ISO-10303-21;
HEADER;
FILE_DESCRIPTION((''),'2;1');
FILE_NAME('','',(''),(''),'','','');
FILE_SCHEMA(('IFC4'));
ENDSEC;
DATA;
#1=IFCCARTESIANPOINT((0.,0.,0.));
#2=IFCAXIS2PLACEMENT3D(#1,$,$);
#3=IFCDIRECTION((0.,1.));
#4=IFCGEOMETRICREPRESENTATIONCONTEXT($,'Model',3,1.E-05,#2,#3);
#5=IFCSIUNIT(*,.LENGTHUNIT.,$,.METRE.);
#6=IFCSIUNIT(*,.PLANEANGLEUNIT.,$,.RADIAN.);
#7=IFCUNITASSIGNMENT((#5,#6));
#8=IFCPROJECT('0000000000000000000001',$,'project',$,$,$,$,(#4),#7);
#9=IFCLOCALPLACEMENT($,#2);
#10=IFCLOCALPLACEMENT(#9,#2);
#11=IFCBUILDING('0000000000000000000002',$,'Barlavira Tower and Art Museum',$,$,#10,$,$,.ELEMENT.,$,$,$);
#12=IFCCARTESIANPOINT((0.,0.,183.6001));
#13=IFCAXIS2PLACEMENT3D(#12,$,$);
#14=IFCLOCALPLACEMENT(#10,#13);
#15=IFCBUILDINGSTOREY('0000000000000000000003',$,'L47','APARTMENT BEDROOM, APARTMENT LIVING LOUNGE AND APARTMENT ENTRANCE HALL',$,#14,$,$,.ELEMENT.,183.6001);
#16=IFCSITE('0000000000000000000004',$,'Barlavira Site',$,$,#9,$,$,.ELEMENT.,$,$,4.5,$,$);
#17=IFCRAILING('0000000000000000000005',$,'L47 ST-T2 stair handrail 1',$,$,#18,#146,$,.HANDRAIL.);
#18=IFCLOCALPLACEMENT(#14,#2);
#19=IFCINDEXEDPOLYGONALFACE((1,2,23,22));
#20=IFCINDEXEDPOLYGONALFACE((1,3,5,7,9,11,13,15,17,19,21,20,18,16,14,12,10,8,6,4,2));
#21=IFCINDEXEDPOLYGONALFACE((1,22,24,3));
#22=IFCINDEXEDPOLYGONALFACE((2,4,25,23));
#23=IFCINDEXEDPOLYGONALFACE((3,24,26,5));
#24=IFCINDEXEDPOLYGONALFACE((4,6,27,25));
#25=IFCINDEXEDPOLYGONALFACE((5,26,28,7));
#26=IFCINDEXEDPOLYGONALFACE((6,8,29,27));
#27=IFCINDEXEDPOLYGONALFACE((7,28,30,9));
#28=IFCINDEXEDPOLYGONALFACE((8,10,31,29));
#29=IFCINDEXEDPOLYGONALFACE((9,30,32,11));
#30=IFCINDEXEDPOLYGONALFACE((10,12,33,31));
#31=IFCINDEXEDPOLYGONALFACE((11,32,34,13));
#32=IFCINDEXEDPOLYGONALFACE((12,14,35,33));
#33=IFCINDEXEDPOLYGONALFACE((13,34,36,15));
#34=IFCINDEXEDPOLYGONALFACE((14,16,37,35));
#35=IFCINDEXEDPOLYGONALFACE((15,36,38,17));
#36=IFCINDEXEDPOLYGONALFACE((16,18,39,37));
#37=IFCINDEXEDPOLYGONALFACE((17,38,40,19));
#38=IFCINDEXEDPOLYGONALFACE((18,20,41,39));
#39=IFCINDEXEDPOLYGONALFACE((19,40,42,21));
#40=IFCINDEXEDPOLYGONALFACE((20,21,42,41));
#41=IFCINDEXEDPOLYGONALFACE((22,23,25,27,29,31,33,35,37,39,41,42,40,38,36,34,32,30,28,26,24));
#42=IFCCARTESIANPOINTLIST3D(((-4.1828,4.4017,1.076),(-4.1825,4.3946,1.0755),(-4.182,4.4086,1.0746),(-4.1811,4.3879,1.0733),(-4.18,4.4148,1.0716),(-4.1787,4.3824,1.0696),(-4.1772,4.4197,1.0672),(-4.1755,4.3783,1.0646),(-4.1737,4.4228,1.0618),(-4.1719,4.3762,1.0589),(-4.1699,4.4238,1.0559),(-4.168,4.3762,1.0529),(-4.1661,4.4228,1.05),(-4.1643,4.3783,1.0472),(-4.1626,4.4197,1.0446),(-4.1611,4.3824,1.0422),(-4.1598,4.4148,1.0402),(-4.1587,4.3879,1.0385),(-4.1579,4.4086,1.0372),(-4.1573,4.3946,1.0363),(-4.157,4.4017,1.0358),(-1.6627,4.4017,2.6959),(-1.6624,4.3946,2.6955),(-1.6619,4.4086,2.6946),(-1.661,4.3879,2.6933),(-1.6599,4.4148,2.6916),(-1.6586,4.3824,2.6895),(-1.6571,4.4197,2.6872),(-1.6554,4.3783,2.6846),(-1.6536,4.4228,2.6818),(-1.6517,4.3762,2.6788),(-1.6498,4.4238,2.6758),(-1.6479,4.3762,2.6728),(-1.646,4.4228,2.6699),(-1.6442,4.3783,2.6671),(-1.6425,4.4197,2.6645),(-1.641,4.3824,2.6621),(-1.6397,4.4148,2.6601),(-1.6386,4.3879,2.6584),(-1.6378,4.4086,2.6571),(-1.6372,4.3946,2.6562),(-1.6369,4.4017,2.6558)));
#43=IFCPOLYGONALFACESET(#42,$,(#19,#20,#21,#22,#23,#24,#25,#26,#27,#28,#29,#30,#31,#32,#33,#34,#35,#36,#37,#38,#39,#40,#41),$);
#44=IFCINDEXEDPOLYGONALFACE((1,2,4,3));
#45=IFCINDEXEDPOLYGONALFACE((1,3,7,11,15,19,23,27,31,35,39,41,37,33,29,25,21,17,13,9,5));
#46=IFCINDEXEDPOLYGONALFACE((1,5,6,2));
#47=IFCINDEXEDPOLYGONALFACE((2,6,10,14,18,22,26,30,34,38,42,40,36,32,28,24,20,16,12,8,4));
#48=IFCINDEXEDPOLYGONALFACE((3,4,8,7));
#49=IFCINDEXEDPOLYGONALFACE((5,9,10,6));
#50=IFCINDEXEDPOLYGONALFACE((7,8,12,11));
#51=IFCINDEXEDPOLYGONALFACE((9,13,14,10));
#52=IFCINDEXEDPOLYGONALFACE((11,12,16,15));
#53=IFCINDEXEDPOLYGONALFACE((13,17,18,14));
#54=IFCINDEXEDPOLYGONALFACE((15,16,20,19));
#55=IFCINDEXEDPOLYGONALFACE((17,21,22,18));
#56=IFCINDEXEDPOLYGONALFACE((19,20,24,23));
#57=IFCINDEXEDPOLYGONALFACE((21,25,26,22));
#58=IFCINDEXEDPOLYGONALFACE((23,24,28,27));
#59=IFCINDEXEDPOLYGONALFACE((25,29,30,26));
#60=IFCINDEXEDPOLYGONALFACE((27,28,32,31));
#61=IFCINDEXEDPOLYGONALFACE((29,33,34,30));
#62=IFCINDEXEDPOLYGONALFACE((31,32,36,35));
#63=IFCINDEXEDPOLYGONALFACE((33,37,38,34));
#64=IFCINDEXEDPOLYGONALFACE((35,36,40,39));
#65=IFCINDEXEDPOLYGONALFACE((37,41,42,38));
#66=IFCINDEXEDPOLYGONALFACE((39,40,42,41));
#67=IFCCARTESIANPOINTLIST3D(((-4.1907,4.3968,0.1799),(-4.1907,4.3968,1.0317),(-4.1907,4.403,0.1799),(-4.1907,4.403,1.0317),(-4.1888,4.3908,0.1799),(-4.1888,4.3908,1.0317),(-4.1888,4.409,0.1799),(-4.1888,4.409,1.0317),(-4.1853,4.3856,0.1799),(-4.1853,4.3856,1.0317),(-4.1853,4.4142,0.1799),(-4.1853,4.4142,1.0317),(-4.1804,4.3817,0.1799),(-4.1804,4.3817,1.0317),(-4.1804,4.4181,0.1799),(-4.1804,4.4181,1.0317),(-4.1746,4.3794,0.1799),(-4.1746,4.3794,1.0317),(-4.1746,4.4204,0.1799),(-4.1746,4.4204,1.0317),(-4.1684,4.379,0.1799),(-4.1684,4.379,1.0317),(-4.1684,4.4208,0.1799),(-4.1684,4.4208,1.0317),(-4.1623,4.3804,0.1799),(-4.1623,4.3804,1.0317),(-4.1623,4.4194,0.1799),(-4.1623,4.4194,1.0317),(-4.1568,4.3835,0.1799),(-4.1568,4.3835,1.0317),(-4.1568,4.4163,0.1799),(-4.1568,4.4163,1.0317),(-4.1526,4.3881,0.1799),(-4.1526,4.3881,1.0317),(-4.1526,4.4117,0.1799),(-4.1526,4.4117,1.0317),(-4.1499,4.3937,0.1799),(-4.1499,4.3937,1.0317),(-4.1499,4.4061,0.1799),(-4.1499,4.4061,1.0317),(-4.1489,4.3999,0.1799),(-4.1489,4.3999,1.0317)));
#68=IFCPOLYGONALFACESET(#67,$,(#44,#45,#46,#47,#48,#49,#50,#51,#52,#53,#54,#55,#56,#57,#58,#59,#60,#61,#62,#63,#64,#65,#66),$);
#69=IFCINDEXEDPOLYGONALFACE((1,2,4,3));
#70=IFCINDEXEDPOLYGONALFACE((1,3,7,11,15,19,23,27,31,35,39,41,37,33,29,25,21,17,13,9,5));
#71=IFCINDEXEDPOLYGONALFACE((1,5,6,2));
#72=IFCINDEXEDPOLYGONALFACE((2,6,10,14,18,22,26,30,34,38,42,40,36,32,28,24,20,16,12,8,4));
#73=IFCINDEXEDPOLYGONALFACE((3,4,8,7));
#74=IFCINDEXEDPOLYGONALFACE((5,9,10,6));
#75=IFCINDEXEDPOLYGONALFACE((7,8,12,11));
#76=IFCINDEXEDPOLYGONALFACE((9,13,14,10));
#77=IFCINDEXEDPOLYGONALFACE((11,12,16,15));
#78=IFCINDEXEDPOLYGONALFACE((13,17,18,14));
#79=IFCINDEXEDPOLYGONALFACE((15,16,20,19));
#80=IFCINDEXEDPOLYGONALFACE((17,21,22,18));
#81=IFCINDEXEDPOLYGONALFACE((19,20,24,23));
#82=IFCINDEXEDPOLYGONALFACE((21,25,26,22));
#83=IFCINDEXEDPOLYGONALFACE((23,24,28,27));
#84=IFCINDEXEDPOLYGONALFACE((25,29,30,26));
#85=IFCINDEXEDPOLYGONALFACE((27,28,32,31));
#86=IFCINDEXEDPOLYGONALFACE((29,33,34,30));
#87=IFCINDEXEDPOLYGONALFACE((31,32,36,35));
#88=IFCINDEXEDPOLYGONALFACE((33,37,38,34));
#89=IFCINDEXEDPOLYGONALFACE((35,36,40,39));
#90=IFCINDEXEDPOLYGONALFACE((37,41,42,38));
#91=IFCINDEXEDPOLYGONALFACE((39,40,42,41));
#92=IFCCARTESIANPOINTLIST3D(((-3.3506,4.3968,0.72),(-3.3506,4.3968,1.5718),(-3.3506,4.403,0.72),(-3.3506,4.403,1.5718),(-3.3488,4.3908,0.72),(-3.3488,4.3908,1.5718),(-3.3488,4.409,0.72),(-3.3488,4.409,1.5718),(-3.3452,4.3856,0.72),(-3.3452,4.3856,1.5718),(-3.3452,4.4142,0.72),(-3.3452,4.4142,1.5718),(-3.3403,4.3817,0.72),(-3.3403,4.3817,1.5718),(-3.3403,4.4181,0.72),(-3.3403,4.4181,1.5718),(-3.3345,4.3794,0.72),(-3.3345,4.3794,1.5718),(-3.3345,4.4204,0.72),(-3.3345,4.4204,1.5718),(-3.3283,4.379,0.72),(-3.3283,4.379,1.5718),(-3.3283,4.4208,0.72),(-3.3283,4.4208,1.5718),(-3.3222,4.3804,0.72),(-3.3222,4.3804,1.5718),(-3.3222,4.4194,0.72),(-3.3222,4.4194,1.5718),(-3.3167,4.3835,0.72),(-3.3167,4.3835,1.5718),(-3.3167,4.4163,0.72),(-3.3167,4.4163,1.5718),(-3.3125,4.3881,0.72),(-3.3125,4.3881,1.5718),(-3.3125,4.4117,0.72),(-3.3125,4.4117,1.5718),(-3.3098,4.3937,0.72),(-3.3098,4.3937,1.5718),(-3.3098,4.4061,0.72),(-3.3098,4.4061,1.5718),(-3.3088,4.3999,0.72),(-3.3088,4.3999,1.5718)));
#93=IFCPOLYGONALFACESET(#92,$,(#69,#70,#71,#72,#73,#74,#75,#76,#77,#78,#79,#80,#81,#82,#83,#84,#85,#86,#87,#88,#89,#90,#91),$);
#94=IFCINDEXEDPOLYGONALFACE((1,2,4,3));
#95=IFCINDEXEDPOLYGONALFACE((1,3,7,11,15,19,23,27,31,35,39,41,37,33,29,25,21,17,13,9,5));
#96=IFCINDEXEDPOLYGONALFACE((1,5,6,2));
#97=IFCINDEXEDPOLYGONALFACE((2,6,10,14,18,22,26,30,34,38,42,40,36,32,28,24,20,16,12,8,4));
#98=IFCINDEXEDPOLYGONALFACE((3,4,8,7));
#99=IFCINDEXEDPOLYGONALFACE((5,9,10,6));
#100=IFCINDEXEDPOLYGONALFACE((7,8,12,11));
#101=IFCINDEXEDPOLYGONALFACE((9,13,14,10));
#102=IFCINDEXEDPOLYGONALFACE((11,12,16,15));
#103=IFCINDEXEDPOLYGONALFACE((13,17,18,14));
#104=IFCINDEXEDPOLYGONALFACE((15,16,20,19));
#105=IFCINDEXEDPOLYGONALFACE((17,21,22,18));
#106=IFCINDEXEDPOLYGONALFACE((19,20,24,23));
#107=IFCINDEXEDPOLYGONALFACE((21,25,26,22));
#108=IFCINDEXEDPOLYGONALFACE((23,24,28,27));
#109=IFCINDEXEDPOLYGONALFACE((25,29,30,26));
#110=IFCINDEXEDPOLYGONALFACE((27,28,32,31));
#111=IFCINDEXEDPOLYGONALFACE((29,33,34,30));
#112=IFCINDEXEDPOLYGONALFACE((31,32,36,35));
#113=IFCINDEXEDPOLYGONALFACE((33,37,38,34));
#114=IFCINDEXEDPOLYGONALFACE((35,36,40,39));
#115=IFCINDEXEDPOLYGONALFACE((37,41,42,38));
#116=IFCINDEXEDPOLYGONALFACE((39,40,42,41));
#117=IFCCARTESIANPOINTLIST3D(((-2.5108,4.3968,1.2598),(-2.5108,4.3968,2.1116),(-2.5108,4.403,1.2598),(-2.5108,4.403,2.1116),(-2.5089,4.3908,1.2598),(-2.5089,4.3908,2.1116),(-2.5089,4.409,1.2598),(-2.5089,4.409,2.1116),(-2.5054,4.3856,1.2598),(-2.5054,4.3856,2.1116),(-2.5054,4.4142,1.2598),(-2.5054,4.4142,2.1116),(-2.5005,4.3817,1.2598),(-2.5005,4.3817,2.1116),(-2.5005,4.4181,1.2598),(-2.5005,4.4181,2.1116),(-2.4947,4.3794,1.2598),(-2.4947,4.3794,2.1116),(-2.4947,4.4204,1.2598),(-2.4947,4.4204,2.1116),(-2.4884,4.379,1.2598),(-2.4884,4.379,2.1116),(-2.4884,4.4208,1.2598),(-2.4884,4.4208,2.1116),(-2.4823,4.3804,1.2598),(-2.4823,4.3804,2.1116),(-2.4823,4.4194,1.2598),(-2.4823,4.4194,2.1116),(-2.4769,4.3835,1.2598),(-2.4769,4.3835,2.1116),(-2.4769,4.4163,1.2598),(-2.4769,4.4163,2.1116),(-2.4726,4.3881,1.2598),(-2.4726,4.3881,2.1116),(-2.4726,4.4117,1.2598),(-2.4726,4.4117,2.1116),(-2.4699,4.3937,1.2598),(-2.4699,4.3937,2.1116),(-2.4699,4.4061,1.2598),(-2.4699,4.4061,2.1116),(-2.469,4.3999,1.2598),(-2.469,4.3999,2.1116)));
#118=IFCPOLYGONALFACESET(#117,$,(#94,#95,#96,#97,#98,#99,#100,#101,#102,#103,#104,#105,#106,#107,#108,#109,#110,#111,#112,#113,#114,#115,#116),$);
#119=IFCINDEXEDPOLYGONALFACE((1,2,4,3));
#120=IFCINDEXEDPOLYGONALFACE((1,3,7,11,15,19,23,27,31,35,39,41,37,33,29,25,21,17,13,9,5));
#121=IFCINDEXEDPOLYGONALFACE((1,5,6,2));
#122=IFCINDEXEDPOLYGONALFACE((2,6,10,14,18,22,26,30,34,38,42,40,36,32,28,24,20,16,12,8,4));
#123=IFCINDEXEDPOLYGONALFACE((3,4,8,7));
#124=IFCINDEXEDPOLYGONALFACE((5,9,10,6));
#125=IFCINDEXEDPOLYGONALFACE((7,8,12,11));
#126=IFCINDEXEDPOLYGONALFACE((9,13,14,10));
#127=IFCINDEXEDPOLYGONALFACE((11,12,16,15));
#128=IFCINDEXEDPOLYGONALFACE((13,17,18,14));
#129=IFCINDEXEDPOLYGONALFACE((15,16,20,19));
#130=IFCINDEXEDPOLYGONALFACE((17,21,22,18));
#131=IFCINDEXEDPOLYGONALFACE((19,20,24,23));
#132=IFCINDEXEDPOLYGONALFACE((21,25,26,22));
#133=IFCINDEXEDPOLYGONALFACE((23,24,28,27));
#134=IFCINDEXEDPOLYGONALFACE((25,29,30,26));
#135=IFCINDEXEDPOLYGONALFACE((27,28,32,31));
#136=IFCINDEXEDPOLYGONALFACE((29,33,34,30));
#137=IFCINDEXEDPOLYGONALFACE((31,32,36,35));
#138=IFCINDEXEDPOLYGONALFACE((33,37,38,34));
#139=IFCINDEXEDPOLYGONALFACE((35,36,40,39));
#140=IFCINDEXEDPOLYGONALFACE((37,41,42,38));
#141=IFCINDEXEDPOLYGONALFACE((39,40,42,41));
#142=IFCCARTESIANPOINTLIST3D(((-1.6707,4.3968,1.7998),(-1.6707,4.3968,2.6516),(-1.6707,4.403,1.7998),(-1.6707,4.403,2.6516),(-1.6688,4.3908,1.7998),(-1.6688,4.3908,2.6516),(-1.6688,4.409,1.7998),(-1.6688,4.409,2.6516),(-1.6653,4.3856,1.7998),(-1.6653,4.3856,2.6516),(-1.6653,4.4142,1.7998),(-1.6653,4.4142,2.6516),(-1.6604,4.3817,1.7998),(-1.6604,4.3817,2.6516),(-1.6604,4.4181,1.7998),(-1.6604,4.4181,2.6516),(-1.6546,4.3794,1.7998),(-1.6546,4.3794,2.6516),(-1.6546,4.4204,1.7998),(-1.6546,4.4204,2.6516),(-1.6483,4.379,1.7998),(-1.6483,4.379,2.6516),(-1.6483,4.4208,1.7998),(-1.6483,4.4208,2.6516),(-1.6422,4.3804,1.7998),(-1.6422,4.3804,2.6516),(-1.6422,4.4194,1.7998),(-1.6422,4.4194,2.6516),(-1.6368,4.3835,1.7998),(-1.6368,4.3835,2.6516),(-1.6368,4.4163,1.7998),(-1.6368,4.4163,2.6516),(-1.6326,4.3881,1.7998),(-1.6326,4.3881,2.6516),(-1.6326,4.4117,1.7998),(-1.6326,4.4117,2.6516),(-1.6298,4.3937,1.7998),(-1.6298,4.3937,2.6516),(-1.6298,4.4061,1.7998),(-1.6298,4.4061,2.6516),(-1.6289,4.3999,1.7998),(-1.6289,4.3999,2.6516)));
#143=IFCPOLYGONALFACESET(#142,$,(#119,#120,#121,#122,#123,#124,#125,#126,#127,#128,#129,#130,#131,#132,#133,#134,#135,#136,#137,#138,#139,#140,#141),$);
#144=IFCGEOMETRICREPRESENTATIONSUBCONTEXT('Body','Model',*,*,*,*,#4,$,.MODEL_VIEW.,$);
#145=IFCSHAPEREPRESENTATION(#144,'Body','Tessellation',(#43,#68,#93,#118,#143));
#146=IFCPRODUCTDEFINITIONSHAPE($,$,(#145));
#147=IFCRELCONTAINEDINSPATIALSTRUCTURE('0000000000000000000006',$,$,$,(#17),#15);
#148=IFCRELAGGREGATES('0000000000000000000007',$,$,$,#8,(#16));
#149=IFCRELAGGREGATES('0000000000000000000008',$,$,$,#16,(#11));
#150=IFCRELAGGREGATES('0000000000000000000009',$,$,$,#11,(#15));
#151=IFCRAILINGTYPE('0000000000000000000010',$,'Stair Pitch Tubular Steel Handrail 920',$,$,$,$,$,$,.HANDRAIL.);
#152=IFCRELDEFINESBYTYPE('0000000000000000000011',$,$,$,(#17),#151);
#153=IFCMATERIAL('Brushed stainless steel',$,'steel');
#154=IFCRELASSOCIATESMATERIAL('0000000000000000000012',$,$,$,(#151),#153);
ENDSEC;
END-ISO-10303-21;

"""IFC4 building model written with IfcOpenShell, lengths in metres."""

from ifc_helpers import new_model, si_unit, direction, frame, origin, origin_2d, place, context, subcontext, project, spatial, circle, extrude, material, type_object, element, save


model = new_model("IFC4")

# Units and contexts
model_context = context("Model", 3, precision=1e-05, world=origin(), true_north=direction((0.0, 1.0)))
body_context = subcontext(model_context, "Body", "Model", "MODEL_VIEW")
ifc_project = project(units=[si_unit("LENGTHUNIT", "METRE"), si_unit("PLANEANGLEUNIT", "RADIAN")], contexts=[model_context])

# Site, building, storey
site_placement = place(None, origin())
site = spatial("IfcSite", under=ifc_project, at=site_placement, Name="Barlavira Site", CompositionType="ELEMENT", RefElevation=4.5)
building_placement = place(site_placement, origin())
building = spatial("IfcBuilding", under=site, at=building_placement, Name="Barlavira Tower and Art Museum", CompositionType="ELEMENT")
storey_placement = place(building_placement, frame((0.0, 0.0, 183.6001)))
storey = spatial("IfcBuildingStorey", under=building, at=storey_placement, Name="L47", Description="APARTMENT BEDROOM, APARTMENT LIVING LOUNGE AND APARTMENT ENTRANCE HALL", CompositionType="ELEMENT", Elevation=183.6001)

# Shared definitions
ifc_material_1 = material(Name="Brushed stainless steel", Category="steel")

# Railing
railing_type_1 = type_object("IfcRailingType", Name="Stair Pitch Tubular Steel Handrail 920", PredefinedType="HANDRAIL", material=ifc_material_1)
railing_1_placement = place(storey_placement, frame((-4.1699, 4.3999, 0.1799)))
element("IfcRailing", 1, at=railing_1_placement, inside=storey, type_object=railing_type_1, Name="L47 ST-T2 stair handrail 1", PredefinedType="HANDRAIL", context=body_context, shape_type="SweptSolid", body=[
    extrude(circle(Radius=0.0239, at=origin_2d()), frame((0.0, 0.0, 0.876), z_axis=(0.8412, 0.0, 0.540725), x_axis=(0.0, 1.0, 0.0)), (0.0, 0.0, 1.0), 2.9958),
    extrude(circle(Radius=0.021, at=origin_2d()), origin(), (0.0, 0.0, 1.0), 0.8518),
    extrude(circle(Radius=0.021, at=origin_2d()), frame((0.8401, 0.0, 0.54)), (0.0, 0.0, 1.0), 0.8518),
    extrude(circle(Radius=0.021, at=origin_2d()), frame((1.6799, 0.0, 1.0798)), (0.0, 0.0, 1.0), 0.8518),
    extrude(circle(Radius=0.021, at=origin_2d()), frame((2.52, 0.0, 1.6199)), (0.0, 0.0, 1.0), 0.8518),
])

save(model, "model.ifc")
